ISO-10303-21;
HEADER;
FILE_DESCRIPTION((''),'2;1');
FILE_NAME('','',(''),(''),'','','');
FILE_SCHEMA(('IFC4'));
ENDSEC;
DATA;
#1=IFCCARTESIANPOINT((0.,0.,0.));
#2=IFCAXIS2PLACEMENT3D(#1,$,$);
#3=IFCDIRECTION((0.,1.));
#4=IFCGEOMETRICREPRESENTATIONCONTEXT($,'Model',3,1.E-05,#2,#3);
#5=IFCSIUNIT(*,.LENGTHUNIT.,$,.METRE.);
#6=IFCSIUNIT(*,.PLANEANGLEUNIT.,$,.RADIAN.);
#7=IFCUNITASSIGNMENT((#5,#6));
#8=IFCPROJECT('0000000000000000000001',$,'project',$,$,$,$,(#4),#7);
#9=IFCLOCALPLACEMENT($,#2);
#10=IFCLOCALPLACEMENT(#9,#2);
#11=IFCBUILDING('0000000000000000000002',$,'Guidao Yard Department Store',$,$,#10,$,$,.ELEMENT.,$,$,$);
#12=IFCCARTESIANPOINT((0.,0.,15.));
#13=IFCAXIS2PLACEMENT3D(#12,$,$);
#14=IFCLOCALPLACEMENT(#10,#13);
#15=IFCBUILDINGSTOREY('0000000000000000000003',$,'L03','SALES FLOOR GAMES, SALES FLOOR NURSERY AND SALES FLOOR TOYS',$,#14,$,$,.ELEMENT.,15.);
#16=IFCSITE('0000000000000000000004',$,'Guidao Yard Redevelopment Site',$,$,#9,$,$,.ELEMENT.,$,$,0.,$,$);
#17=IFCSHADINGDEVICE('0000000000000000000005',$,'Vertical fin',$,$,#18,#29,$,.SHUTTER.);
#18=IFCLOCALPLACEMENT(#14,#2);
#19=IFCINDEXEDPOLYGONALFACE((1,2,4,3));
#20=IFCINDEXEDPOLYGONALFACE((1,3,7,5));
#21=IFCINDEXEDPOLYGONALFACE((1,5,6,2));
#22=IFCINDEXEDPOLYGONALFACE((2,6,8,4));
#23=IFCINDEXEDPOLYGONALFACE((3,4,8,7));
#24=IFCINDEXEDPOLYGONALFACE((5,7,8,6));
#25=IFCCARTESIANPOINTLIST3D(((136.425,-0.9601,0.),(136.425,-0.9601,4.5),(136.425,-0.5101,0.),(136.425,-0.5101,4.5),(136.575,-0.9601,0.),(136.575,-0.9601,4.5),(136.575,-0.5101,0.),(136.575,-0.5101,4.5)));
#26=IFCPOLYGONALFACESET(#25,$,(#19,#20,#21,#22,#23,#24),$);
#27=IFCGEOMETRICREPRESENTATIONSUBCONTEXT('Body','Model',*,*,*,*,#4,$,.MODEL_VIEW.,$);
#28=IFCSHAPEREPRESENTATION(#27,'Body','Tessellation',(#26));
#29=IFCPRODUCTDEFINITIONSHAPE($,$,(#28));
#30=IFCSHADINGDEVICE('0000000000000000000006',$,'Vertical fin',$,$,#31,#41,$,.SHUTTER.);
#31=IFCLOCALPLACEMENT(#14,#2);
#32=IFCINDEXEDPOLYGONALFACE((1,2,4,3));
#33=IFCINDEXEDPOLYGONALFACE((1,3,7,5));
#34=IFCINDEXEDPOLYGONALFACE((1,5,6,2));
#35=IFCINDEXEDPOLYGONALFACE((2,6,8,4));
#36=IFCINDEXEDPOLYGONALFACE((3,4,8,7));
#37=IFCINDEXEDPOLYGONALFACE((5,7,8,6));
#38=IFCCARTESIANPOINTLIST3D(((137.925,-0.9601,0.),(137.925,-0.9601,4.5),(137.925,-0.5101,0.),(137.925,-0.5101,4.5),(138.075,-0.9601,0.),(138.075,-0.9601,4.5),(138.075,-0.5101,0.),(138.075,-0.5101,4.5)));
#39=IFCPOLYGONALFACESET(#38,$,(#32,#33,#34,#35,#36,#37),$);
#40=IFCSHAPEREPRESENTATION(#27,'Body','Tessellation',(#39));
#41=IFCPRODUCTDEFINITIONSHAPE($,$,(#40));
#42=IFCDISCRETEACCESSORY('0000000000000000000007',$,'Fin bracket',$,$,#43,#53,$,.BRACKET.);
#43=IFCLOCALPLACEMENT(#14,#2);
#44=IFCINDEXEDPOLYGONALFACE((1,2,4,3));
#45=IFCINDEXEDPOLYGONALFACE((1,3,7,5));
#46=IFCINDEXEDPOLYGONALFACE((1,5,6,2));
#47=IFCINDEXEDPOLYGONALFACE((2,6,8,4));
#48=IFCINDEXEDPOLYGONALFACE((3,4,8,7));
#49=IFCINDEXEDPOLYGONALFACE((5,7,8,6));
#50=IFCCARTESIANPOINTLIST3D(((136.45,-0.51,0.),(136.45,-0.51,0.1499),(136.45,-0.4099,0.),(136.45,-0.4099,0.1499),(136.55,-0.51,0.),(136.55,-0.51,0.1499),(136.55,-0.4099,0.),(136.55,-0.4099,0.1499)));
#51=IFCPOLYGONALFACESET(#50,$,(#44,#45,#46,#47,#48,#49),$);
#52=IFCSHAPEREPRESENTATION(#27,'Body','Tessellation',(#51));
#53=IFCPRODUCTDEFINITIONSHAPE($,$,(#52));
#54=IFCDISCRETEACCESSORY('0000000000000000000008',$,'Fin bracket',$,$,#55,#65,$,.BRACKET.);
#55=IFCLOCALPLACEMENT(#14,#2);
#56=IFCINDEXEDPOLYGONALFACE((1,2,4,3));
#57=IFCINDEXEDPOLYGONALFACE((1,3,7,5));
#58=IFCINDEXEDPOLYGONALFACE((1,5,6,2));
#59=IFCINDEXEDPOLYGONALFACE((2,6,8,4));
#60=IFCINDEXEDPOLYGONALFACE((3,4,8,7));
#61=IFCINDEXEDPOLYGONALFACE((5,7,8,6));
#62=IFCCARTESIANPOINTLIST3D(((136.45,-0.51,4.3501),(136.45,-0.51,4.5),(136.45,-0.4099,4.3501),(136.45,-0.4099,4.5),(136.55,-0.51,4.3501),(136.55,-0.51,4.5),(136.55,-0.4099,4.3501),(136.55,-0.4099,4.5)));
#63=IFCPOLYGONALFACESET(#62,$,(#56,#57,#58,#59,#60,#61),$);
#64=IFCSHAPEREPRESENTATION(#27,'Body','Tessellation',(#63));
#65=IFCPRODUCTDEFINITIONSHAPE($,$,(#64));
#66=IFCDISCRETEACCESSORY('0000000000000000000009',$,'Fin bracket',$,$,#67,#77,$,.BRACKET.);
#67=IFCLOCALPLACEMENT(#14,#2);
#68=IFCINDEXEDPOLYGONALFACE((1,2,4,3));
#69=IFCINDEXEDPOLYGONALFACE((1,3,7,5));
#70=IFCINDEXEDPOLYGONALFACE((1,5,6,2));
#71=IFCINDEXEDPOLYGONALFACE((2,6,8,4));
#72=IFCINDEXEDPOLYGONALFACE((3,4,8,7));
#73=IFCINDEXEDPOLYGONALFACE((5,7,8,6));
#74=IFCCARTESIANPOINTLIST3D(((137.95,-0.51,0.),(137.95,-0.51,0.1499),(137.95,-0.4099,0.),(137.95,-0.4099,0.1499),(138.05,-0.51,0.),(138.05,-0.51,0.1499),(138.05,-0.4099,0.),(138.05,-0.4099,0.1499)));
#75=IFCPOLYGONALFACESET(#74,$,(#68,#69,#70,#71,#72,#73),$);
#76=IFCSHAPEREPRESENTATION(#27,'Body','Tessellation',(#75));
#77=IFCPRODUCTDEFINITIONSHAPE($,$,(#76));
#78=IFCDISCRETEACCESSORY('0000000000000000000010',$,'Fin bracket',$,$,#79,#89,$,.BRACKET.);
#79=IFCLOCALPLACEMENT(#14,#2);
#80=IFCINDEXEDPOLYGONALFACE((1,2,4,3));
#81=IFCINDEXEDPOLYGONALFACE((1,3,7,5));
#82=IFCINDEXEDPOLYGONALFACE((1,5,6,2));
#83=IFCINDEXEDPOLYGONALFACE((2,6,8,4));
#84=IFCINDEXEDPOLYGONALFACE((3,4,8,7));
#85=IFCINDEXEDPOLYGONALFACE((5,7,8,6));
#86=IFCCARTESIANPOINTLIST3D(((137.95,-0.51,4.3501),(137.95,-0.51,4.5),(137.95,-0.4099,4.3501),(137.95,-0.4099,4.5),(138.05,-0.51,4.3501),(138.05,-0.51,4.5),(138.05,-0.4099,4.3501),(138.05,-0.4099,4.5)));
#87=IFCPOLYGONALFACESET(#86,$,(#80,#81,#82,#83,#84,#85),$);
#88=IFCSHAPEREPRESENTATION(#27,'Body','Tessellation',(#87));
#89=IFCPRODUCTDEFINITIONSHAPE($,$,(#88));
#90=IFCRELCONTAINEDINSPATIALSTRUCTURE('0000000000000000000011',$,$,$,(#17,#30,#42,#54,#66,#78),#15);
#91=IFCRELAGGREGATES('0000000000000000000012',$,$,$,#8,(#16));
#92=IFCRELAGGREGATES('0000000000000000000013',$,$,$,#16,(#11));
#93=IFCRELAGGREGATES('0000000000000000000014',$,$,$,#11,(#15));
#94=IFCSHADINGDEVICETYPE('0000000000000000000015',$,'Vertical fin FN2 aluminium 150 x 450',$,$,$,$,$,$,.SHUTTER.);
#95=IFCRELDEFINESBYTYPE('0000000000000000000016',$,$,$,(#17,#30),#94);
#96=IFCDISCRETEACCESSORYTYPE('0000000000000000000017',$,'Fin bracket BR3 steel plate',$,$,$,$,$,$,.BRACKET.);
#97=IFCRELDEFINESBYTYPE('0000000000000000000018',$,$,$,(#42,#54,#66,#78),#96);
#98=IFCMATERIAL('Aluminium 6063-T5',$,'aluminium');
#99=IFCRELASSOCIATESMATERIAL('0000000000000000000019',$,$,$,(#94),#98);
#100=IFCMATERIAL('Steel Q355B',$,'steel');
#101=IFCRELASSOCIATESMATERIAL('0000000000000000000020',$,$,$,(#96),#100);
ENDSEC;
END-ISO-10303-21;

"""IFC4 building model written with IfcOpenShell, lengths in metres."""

from ifc_helpers import new_model, si_unit, direction, frame, origin, origin_2d, place, context, subcontext, project, spatial, rectangle, extrude, material, type_object, element, save


model = new_model("IFC4")

# Units and contexts
model_context = context("Model", 3, precision=1e-05, world=origin(), true_north=direction((0.0, 1.0)))
body_context = subcontext(model_context, "Body", "Model", "MODEL_VIEW")
ifc_project = project(units=[si_unit("LENGTHUNIT", "METRE"), si_unit("PLANEANGLEUNIT", "RADIAN")], contexts=[model_context])

# Site, building, storey
site_placement = place(None, origin())
site = spatial("IfcSite", under=ifc_project, at=site_placement, Name="Guidao Yard Redevelopment Site", CompositionType="ELEMENT", RefElevation=0.0)
building_placement = place(site_placement, origin())
building = spatial("IfcBuilding", under=site, at=building_placement, Name="Guidao Yard Department Store", CompositionType="ELEMENT")
storey_placement = place(building_placement, frame((0.0, 0.0, 15.0)))
storey = spatial("IfcBuildingStorey", under=building, at=storey_placement, Name="L03", Description="SALES FLOOR GAMES, SALES FLOOR NURSERY AND SALES FLOOR TOYS", CompositionType="ELEMENT", Elevation=15.0)

# Shading devices
ifc_material_1 = material(Name="Aluminium 6063-T5", Category="aluminium")
shading_device_type = type_object("IfcShadingDeviceType", Name="Vertical fin FN2 aluminium 150 x 450", PredefinedType="SHUTTER", material=ifc_material_1)
for number, where, z_axis, x_axis, name in (
    (1, (136.5, -0.7351, 0.0), (0.0, 0.0, 1.0), (-1.0, 0.0, 0.0), "Vertical fin"),
    (2, (138.0, -0.7351, 0.0), (0.0, 0.0, 1.0), (-1.0, 0.0, 0.0), "Vertical fin"),
):
    element("IfcShadingDevice", number, at=place(storey_placement, frame(where, z_axis=z_axis, x_axis=x_axis)), inside=storey, type_object=shading_device_type, Name=name, PredefinedType="SHUTTER", context=body_context, shape_type="SweptSolid", body=[
        extrude(rectangle(XDim=0.1499, YDim=0.45, at=origin_2d()), origin(), (0.0, 0.0, 1.0), 4.5),
    ])

# Discrete accessories
ifc_material_2 = material(Name="Steel Q355B", Category="steel")
discrete_accessory_type = type_object("IfcDiscreteAccessoryType", Name="Fin bracket BR3 steel plate", PredefinedType="BRACKET", material=ifc_material_2)
for number, where, z_axis, x_axis, name in (
    (3, (136.5, -0.46, 0.0), (0.0, 0.0, 1.0), (-1.0, 0.0, 0.0), "Fin bracket"),
    (4, (136.5, -0.46, 4.3501), (0.0, 0.0, 1.0), (-1.0, 0.0, 0.0), "Fin bracket"),
    (5, (138.0, -0.46, 0.0), (0.0, 0.0, 1.0), (-1.0, 0.0, 0.0), "Fin bracket"),
    (6, (138.0, -0.46, 4.3501), (0.0, 0.0, 1.0), (-1.0, 0.0, 0.0), "Fin bracket"),
):
    element("IfcDiscreteAccessory", number, at=place(storey_placement, frame(where, z_axis=z_axis, x_axis=x_axis)), inside=storey, type_object=discrete_accessory_type, Name=name, PredefinedType="BRACKET", context=body_context, shape_type="SweptSolid", body=[
        extrude(rectangle(XDim=0.1001, YDim=0.1001, at=origin_2d()), origin(), (0.0, 0.0, 1.0), 0.1499),
    ])

save(model, "model.ifc")
